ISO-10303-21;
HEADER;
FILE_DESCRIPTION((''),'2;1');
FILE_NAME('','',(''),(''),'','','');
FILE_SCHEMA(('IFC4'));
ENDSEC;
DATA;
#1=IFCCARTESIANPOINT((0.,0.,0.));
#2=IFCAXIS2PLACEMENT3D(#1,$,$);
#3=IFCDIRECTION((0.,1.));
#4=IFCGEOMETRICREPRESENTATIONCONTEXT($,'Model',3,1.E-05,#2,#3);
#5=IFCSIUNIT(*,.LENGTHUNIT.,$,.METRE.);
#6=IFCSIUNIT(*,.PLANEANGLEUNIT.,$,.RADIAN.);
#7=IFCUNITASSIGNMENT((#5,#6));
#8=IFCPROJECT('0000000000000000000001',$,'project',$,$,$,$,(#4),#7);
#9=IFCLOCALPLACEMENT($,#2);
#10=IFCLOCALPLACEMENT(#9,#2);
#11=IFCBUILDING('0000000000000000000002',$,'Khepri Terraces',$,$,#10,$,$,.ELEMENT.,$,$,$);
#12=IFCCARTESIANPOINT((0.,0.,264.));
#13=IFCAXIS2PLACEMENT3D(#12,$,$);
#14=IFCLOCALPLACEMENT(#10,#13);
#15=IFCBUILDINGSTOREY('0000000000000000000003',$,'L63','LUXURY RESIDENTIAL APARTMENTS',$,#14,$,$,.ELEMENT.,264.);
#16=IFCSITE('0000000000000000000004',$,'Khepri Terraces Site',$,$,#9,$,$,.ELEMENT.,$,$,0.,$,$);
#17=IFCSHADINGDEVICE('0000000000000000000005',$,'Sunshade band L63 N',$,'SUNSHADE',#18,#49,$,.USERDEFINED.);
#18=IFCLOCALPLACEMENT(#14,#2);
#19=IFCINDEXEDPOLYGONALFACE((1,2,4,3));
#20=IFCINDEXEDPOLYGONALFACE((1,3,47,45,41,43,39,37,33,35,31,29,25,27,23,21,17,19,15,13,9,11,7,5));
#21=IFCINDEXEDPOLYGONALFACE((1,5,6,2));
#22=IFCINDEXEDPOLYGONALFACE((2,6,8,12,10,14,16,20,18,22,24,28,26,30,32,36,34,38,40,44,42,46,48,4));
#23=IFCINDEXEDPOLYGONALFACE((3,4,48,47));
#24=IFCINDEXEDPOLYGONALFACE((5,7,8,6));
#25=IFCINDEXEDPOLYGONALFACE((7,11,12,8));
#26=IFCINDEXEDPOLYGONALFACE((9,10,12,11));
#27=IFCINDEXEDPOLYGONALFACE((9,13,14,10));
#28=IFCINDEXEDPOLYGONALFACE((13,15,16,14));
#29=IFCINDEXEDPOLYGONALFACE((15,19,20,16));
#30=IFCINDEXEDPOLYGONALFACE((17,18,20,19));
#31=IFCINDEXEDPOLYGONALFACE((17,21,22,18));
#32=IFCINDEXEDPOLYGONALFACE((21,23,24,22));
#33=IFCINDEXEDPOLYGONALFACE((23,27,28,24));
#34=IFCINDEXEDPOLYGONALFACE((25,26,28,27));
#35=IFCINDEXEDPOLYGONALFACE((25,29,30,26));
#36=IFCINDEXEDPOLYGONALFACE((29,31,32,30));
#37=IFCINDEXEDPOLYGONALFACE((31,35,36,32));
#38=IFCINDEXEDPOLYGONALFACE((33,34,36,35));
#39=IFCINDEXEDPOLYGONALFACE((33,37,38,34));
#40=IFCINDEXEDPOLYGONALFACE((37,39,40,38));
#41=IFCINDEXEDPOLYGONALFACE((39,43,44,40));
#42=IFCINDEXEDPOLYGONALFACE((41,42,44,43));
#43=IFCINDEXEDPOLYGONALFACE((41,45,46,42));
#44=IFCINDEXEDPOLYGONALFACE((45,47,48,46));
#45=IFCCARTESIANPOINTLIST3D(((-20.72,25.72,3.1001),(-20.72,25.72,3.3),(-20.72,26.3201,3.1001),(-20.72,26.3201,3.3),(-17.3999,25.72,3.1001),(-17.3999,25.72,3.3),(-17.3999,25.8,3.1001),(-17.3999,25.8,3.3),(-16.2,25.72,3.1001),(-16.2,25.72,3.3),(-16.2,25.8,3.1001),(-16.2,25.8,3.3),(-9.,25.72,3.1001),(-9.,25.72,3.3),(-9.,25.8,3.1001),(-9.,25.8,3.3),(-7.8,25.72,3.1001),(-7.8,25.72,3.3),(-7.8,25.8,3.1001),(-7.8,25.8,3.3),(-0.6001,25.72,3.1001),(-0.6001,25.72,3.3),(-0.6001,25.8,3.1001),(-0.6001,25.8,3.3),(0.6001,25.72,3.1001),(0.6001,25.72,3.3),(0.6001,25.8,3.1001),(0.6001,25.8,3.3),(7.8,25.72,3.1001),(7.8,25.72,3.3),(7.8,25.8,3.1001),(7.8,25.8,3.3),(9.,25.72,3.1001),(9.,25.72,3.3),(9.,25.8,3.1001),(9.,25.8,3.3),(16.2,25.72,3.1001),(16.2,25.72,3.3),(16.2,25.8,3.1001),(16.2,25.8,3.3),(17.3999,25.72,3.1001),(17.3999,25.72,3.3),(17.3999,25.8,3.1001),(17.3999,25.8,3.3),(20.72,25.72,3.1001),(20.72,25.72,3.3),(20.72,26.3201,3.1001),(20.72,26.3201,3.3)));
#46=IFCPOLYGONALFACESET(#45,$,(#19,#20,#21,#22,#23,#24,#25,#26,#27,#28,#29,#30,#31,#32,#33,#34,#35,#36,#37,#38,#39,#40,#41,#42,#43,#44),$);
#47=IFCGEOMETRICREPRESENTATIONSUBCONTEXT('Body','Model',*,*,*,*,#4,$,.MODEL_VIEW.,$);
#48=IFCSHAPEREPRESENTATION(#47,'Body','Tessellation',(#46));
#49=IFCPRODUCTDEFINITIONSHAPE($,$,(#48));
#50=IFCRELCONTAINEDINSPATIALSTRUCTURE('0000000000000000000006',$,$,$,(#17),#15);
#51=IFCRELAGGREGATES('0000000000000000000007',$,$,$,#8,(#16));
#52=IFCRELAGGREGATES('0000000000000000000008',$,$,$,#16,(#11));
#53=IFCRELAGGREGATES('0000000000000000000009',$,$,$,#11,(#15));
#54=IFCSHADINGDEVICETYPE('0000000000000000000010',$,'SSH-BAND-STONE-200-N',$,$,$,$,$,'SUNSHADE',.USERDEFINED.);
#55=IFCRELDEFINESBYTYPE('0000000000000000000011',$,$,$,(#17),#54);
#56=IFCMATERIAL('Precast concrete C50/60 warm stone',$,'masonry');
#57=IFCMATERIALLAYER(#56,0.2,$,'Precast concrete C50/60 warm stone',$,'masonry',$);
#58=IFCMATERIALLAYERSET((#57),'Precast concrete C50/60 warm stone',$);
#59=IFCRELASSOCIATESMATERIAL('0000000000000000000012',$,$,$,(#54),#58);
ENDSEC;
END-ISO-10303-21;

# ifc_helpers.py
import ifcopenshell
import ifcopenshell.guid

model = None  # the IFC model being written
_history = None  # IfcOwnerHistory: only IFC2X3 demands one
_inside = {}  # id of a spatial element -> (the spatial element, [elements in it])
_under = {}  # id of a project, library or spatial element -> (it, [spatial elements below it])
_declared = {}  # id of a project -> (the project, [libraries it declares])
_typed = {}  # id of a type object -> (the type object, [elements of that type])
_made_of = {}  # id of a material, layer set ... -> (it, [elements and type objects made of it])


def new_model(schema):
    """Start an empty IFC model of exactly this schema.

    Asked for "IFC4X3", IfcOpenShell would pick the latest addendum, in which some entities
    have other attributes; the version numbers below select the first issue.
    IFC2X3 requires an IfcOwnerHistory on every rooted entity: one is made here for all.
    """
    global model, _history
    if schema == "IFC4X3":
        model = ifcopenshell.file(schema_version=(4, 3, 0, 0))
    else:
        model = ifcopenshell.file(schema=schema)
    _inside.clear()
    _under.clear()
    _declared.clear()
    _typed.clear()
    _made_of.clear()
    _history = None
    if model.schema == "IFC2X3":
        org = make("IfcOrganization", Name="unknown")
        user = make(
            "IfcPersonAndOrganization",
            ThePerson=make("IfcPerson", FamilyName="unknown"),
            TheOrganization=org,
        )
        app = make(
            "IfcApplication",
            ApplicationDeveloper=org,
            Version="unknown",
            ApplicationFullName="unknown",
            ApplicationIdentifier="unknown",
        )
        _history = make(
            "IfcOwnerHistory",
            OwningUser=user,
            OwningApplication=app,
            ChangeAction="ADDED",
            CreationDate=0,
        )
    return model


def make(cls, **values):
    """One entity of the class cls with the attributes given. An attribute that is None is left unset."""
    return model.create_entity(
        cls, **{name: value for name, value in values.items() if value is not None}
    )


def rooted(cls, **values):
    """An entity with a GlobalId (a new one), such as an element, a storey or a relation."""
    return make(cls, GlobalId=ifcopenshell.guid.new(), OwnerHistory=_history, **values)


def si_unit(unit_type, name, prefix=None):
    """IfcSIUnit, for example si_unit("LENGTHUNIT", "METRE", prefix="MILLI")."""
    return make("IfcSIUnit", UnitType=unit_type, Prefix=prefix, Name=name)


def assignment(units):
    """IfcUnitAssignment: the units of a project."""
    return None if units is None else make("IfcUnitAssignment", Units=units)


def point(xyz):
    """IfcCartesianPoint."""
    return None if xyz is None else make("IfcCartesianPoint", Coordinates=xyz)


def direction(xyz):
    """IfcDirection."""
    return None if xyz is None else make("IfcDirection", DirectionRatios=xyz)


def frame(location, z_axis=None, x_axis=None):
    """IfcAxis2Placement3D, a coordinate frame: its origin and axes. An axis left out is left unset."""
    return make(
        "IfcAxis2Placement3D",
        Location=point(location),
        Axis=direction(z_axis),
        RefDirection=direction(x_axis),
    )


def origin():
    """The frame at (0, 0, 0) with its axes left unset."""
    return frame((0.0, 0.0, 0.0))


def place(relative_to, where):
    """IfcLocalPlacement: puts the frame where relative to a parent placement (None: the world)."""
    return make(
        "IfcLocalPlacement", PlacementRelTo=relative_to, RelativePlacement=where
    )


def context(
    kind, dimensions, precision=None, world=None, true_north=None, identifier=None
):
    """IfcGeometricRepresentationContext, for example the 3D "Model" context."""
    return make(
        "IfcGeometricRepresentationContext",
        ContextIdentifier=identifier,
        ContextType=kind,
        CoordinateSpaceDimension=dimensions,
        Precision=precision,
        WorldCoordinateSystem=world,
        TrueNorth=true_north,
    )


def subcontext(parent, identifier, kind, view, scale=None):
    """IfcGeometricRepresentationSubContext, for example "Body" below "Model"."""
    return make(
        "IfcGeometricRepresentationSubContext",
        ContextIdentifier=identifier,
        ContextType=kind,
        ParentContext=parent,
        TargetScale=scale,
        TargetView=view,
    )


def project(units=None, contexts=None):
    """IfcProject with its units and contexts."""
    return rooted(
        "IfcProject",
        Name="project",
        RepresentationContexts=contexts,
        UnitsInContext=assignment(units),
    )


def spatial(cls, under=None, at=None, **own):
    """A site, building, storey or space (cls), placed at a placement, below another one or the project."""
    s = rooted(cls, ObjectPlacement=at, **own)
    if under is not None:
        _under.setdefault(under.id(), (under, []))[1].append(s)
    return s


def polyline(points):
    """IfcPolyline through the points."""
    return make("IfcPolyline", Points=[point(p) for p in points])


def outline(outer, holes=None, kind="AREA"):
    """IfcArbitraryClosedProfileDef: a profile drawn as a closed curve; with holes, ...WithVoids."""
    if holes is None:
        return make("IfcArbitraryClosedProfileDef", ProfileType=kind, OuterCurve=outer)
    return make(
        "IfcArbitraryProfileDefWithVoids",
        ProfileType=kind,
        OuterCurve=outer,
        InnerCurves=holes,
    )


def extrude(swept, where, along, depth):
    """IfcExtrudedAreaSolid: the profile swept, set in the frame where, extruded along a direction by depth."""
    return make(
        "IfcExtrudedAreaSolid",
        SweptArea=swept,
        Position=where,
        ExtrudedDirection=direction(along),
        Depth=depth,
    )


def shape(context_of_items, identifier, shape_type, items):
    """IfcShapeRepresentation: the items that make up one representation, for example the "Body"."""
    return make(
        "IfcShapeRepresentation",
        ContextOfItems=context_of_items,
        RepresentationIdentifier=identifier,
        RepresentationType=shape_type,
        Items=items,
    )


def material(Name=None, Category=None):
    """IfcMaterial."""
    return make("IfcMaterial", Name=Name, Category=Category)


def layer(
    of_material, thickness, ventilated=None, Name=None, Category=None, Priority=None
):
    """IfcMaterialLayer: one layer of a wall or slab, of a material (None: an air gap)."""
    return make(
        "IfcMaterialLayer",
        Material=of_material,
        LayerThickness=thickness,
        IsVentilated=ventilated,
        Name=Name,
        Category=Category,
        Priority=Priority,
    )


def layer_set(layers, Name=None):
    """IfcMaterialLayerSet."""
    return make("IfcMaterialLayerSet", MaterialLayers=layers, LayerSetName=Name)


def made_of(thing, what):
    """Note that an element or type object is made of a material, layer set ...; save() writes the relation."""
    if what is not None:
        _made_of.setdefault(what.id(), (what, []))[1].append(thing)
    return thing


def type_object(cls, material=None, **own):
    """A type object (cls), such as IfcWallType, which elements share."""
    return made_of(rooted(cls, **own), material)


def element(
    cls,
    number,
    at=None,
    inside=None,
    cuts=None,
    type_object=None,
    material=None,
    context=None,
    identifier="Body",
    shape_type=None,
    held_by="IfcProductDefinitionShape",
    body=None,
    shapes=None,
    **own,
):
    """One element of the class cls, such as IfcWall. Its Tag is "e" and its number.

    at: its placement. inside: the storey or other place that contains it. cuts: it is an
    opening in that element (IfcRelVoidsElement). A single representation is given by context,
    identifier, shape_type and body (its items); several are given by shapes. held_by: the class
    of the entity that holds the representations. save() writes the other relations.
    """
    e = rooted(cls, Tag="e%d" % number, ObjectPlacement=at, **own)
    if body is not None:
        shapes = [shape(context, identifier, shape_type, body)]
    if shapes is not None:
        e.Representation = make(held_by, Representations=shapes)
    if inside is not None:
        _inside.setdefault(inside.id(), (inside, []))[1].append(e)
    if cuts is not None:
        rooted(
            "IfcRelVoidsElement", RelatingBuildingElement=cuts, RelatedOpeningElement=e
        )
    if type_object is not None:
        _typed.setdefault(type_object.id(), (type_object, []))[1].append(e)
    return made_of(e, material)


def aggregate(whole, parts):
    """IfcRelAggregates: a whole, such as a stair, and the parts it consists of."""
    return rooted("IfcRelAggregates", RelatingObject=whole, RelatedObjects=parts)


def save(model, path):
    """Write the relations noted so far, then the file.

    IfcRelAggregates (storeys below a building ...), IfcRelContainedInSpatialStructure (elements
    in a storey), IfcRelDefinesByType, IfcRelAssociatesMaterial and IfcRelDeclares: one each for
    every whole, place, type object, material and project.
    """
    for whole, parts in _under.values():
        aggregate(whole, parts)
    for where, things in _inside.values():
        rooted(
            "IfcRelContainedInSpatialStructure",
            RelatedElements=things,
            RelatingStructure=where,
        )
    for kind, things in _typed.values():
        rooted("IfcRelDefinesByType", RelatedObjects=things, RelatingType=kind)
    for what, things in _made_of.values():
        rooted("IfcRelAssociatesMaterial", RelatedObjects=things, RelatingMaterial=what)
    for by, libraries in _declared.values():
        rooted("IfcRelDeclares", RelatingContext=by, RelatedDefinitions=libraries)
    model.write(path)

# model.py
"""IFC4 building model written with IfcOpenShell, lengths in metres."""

from ifc_helpers import new_model, si_unit, direction, frame, origin, place, context, subcontext, project, spatial, polyline, outline, extrude, material, layer, layer_set, type_object, element, save


model = new_model("IFC4")

# Units and contexts
model_context = context("Model", 3, precision=1e-05, world=origin(), true_north=direction((0.0, 1.0)))
body_context = subcontext(model_context, "Body", "Model", "MODEL_VIEW")
ifc_project = project(units=[si_unit("LENGTHUNIT", "METRE"), si_unit("PLANEANGLEUNIT", "RADIAN")], contexts=[model_context])

# Site, building, storey
site_placement = place(None, origin())
site = spatial("IfcSite", under=ifc_project, at=site_placement, Name="Khepri Terraces Site", CompositionType="ELEMENT", RefElevation=0.0)
building_placement = place(site_placement, origin())
building = spatial("IfcBuilding", under=site, at=building_placement, Name="Khepri Terraces", CompositionType="ELEMENT")
storey_placement = place(building_placement, frame((0.0, 0.0, 264.0)))
storey = spatial("IfcBuildingStorey", under=building, at=storey_placement, Name="L63", Description="LUXURY RESIDENTIAL APARTMENTS", CompositionType="ELEMENT", Elevation=264.0)

# Shading device
ifc_material_1 = material(Name="Precast concrete C50/60 warm stone", Category="masonry")
ifc_layer_1 = layer(ifc_material_1, 0.2, Name="Precast concrete C50/60 warm stone", Category="masonry")
ifc_layer_set_1 = layer_set([ifc_layer_1], Name="Precast concrete C50/60 warm stone")
shading_device_type_1 = type_object("IfcShadingDeviceType", Name="SSH-BAND-STONE-200-N", ElementType="SUNSHADE", PredefinedType="USERDEFINED", material=ifc_layer_set_1)
shading_device_1_placement = place(storey_placement, frame((0.0, 0.0, 3.1001)))
element("IfcShadingDevice", 1, at=shading_device_1_placement, inside=storey, type_object=shading_device_type_1, Name="Sunshade band L63 N", ObjectType="SUNSHADE", PredefinedType="USERDEFINED", context=body_context, shape_type="SweptSolid", body=[
    extrude(outline(polyline([(17.3999, 25.72), (20.72, 25.72), (20.72, 26.3201), (-20.72, 26.3201), (-20.72, 25.72), (-17.3999, 25.72), (-17.3999, 25.8), (-16.2, 25.8), (-16.2, 25.72), (-9.0, 25.72), (-9.0, 25.8), (-7.8, 25.8), (-7.8, 25.72), (-0.6001, 25.72), (-0.6001, 25.8), (0.6001, 25.8), (0.6001, 25.72), (7.8, 25.72), (7.8, 25.8), (9.0, 25.8), (9.0, 25.72), (16.2, 25.72), (16.2, 25.8), (17.3999, 25.8), (17.3999, 25.72)])), origin(), (0.0, 0.0, 1.0), 0.2),
])

save(model, "model.ifc")
